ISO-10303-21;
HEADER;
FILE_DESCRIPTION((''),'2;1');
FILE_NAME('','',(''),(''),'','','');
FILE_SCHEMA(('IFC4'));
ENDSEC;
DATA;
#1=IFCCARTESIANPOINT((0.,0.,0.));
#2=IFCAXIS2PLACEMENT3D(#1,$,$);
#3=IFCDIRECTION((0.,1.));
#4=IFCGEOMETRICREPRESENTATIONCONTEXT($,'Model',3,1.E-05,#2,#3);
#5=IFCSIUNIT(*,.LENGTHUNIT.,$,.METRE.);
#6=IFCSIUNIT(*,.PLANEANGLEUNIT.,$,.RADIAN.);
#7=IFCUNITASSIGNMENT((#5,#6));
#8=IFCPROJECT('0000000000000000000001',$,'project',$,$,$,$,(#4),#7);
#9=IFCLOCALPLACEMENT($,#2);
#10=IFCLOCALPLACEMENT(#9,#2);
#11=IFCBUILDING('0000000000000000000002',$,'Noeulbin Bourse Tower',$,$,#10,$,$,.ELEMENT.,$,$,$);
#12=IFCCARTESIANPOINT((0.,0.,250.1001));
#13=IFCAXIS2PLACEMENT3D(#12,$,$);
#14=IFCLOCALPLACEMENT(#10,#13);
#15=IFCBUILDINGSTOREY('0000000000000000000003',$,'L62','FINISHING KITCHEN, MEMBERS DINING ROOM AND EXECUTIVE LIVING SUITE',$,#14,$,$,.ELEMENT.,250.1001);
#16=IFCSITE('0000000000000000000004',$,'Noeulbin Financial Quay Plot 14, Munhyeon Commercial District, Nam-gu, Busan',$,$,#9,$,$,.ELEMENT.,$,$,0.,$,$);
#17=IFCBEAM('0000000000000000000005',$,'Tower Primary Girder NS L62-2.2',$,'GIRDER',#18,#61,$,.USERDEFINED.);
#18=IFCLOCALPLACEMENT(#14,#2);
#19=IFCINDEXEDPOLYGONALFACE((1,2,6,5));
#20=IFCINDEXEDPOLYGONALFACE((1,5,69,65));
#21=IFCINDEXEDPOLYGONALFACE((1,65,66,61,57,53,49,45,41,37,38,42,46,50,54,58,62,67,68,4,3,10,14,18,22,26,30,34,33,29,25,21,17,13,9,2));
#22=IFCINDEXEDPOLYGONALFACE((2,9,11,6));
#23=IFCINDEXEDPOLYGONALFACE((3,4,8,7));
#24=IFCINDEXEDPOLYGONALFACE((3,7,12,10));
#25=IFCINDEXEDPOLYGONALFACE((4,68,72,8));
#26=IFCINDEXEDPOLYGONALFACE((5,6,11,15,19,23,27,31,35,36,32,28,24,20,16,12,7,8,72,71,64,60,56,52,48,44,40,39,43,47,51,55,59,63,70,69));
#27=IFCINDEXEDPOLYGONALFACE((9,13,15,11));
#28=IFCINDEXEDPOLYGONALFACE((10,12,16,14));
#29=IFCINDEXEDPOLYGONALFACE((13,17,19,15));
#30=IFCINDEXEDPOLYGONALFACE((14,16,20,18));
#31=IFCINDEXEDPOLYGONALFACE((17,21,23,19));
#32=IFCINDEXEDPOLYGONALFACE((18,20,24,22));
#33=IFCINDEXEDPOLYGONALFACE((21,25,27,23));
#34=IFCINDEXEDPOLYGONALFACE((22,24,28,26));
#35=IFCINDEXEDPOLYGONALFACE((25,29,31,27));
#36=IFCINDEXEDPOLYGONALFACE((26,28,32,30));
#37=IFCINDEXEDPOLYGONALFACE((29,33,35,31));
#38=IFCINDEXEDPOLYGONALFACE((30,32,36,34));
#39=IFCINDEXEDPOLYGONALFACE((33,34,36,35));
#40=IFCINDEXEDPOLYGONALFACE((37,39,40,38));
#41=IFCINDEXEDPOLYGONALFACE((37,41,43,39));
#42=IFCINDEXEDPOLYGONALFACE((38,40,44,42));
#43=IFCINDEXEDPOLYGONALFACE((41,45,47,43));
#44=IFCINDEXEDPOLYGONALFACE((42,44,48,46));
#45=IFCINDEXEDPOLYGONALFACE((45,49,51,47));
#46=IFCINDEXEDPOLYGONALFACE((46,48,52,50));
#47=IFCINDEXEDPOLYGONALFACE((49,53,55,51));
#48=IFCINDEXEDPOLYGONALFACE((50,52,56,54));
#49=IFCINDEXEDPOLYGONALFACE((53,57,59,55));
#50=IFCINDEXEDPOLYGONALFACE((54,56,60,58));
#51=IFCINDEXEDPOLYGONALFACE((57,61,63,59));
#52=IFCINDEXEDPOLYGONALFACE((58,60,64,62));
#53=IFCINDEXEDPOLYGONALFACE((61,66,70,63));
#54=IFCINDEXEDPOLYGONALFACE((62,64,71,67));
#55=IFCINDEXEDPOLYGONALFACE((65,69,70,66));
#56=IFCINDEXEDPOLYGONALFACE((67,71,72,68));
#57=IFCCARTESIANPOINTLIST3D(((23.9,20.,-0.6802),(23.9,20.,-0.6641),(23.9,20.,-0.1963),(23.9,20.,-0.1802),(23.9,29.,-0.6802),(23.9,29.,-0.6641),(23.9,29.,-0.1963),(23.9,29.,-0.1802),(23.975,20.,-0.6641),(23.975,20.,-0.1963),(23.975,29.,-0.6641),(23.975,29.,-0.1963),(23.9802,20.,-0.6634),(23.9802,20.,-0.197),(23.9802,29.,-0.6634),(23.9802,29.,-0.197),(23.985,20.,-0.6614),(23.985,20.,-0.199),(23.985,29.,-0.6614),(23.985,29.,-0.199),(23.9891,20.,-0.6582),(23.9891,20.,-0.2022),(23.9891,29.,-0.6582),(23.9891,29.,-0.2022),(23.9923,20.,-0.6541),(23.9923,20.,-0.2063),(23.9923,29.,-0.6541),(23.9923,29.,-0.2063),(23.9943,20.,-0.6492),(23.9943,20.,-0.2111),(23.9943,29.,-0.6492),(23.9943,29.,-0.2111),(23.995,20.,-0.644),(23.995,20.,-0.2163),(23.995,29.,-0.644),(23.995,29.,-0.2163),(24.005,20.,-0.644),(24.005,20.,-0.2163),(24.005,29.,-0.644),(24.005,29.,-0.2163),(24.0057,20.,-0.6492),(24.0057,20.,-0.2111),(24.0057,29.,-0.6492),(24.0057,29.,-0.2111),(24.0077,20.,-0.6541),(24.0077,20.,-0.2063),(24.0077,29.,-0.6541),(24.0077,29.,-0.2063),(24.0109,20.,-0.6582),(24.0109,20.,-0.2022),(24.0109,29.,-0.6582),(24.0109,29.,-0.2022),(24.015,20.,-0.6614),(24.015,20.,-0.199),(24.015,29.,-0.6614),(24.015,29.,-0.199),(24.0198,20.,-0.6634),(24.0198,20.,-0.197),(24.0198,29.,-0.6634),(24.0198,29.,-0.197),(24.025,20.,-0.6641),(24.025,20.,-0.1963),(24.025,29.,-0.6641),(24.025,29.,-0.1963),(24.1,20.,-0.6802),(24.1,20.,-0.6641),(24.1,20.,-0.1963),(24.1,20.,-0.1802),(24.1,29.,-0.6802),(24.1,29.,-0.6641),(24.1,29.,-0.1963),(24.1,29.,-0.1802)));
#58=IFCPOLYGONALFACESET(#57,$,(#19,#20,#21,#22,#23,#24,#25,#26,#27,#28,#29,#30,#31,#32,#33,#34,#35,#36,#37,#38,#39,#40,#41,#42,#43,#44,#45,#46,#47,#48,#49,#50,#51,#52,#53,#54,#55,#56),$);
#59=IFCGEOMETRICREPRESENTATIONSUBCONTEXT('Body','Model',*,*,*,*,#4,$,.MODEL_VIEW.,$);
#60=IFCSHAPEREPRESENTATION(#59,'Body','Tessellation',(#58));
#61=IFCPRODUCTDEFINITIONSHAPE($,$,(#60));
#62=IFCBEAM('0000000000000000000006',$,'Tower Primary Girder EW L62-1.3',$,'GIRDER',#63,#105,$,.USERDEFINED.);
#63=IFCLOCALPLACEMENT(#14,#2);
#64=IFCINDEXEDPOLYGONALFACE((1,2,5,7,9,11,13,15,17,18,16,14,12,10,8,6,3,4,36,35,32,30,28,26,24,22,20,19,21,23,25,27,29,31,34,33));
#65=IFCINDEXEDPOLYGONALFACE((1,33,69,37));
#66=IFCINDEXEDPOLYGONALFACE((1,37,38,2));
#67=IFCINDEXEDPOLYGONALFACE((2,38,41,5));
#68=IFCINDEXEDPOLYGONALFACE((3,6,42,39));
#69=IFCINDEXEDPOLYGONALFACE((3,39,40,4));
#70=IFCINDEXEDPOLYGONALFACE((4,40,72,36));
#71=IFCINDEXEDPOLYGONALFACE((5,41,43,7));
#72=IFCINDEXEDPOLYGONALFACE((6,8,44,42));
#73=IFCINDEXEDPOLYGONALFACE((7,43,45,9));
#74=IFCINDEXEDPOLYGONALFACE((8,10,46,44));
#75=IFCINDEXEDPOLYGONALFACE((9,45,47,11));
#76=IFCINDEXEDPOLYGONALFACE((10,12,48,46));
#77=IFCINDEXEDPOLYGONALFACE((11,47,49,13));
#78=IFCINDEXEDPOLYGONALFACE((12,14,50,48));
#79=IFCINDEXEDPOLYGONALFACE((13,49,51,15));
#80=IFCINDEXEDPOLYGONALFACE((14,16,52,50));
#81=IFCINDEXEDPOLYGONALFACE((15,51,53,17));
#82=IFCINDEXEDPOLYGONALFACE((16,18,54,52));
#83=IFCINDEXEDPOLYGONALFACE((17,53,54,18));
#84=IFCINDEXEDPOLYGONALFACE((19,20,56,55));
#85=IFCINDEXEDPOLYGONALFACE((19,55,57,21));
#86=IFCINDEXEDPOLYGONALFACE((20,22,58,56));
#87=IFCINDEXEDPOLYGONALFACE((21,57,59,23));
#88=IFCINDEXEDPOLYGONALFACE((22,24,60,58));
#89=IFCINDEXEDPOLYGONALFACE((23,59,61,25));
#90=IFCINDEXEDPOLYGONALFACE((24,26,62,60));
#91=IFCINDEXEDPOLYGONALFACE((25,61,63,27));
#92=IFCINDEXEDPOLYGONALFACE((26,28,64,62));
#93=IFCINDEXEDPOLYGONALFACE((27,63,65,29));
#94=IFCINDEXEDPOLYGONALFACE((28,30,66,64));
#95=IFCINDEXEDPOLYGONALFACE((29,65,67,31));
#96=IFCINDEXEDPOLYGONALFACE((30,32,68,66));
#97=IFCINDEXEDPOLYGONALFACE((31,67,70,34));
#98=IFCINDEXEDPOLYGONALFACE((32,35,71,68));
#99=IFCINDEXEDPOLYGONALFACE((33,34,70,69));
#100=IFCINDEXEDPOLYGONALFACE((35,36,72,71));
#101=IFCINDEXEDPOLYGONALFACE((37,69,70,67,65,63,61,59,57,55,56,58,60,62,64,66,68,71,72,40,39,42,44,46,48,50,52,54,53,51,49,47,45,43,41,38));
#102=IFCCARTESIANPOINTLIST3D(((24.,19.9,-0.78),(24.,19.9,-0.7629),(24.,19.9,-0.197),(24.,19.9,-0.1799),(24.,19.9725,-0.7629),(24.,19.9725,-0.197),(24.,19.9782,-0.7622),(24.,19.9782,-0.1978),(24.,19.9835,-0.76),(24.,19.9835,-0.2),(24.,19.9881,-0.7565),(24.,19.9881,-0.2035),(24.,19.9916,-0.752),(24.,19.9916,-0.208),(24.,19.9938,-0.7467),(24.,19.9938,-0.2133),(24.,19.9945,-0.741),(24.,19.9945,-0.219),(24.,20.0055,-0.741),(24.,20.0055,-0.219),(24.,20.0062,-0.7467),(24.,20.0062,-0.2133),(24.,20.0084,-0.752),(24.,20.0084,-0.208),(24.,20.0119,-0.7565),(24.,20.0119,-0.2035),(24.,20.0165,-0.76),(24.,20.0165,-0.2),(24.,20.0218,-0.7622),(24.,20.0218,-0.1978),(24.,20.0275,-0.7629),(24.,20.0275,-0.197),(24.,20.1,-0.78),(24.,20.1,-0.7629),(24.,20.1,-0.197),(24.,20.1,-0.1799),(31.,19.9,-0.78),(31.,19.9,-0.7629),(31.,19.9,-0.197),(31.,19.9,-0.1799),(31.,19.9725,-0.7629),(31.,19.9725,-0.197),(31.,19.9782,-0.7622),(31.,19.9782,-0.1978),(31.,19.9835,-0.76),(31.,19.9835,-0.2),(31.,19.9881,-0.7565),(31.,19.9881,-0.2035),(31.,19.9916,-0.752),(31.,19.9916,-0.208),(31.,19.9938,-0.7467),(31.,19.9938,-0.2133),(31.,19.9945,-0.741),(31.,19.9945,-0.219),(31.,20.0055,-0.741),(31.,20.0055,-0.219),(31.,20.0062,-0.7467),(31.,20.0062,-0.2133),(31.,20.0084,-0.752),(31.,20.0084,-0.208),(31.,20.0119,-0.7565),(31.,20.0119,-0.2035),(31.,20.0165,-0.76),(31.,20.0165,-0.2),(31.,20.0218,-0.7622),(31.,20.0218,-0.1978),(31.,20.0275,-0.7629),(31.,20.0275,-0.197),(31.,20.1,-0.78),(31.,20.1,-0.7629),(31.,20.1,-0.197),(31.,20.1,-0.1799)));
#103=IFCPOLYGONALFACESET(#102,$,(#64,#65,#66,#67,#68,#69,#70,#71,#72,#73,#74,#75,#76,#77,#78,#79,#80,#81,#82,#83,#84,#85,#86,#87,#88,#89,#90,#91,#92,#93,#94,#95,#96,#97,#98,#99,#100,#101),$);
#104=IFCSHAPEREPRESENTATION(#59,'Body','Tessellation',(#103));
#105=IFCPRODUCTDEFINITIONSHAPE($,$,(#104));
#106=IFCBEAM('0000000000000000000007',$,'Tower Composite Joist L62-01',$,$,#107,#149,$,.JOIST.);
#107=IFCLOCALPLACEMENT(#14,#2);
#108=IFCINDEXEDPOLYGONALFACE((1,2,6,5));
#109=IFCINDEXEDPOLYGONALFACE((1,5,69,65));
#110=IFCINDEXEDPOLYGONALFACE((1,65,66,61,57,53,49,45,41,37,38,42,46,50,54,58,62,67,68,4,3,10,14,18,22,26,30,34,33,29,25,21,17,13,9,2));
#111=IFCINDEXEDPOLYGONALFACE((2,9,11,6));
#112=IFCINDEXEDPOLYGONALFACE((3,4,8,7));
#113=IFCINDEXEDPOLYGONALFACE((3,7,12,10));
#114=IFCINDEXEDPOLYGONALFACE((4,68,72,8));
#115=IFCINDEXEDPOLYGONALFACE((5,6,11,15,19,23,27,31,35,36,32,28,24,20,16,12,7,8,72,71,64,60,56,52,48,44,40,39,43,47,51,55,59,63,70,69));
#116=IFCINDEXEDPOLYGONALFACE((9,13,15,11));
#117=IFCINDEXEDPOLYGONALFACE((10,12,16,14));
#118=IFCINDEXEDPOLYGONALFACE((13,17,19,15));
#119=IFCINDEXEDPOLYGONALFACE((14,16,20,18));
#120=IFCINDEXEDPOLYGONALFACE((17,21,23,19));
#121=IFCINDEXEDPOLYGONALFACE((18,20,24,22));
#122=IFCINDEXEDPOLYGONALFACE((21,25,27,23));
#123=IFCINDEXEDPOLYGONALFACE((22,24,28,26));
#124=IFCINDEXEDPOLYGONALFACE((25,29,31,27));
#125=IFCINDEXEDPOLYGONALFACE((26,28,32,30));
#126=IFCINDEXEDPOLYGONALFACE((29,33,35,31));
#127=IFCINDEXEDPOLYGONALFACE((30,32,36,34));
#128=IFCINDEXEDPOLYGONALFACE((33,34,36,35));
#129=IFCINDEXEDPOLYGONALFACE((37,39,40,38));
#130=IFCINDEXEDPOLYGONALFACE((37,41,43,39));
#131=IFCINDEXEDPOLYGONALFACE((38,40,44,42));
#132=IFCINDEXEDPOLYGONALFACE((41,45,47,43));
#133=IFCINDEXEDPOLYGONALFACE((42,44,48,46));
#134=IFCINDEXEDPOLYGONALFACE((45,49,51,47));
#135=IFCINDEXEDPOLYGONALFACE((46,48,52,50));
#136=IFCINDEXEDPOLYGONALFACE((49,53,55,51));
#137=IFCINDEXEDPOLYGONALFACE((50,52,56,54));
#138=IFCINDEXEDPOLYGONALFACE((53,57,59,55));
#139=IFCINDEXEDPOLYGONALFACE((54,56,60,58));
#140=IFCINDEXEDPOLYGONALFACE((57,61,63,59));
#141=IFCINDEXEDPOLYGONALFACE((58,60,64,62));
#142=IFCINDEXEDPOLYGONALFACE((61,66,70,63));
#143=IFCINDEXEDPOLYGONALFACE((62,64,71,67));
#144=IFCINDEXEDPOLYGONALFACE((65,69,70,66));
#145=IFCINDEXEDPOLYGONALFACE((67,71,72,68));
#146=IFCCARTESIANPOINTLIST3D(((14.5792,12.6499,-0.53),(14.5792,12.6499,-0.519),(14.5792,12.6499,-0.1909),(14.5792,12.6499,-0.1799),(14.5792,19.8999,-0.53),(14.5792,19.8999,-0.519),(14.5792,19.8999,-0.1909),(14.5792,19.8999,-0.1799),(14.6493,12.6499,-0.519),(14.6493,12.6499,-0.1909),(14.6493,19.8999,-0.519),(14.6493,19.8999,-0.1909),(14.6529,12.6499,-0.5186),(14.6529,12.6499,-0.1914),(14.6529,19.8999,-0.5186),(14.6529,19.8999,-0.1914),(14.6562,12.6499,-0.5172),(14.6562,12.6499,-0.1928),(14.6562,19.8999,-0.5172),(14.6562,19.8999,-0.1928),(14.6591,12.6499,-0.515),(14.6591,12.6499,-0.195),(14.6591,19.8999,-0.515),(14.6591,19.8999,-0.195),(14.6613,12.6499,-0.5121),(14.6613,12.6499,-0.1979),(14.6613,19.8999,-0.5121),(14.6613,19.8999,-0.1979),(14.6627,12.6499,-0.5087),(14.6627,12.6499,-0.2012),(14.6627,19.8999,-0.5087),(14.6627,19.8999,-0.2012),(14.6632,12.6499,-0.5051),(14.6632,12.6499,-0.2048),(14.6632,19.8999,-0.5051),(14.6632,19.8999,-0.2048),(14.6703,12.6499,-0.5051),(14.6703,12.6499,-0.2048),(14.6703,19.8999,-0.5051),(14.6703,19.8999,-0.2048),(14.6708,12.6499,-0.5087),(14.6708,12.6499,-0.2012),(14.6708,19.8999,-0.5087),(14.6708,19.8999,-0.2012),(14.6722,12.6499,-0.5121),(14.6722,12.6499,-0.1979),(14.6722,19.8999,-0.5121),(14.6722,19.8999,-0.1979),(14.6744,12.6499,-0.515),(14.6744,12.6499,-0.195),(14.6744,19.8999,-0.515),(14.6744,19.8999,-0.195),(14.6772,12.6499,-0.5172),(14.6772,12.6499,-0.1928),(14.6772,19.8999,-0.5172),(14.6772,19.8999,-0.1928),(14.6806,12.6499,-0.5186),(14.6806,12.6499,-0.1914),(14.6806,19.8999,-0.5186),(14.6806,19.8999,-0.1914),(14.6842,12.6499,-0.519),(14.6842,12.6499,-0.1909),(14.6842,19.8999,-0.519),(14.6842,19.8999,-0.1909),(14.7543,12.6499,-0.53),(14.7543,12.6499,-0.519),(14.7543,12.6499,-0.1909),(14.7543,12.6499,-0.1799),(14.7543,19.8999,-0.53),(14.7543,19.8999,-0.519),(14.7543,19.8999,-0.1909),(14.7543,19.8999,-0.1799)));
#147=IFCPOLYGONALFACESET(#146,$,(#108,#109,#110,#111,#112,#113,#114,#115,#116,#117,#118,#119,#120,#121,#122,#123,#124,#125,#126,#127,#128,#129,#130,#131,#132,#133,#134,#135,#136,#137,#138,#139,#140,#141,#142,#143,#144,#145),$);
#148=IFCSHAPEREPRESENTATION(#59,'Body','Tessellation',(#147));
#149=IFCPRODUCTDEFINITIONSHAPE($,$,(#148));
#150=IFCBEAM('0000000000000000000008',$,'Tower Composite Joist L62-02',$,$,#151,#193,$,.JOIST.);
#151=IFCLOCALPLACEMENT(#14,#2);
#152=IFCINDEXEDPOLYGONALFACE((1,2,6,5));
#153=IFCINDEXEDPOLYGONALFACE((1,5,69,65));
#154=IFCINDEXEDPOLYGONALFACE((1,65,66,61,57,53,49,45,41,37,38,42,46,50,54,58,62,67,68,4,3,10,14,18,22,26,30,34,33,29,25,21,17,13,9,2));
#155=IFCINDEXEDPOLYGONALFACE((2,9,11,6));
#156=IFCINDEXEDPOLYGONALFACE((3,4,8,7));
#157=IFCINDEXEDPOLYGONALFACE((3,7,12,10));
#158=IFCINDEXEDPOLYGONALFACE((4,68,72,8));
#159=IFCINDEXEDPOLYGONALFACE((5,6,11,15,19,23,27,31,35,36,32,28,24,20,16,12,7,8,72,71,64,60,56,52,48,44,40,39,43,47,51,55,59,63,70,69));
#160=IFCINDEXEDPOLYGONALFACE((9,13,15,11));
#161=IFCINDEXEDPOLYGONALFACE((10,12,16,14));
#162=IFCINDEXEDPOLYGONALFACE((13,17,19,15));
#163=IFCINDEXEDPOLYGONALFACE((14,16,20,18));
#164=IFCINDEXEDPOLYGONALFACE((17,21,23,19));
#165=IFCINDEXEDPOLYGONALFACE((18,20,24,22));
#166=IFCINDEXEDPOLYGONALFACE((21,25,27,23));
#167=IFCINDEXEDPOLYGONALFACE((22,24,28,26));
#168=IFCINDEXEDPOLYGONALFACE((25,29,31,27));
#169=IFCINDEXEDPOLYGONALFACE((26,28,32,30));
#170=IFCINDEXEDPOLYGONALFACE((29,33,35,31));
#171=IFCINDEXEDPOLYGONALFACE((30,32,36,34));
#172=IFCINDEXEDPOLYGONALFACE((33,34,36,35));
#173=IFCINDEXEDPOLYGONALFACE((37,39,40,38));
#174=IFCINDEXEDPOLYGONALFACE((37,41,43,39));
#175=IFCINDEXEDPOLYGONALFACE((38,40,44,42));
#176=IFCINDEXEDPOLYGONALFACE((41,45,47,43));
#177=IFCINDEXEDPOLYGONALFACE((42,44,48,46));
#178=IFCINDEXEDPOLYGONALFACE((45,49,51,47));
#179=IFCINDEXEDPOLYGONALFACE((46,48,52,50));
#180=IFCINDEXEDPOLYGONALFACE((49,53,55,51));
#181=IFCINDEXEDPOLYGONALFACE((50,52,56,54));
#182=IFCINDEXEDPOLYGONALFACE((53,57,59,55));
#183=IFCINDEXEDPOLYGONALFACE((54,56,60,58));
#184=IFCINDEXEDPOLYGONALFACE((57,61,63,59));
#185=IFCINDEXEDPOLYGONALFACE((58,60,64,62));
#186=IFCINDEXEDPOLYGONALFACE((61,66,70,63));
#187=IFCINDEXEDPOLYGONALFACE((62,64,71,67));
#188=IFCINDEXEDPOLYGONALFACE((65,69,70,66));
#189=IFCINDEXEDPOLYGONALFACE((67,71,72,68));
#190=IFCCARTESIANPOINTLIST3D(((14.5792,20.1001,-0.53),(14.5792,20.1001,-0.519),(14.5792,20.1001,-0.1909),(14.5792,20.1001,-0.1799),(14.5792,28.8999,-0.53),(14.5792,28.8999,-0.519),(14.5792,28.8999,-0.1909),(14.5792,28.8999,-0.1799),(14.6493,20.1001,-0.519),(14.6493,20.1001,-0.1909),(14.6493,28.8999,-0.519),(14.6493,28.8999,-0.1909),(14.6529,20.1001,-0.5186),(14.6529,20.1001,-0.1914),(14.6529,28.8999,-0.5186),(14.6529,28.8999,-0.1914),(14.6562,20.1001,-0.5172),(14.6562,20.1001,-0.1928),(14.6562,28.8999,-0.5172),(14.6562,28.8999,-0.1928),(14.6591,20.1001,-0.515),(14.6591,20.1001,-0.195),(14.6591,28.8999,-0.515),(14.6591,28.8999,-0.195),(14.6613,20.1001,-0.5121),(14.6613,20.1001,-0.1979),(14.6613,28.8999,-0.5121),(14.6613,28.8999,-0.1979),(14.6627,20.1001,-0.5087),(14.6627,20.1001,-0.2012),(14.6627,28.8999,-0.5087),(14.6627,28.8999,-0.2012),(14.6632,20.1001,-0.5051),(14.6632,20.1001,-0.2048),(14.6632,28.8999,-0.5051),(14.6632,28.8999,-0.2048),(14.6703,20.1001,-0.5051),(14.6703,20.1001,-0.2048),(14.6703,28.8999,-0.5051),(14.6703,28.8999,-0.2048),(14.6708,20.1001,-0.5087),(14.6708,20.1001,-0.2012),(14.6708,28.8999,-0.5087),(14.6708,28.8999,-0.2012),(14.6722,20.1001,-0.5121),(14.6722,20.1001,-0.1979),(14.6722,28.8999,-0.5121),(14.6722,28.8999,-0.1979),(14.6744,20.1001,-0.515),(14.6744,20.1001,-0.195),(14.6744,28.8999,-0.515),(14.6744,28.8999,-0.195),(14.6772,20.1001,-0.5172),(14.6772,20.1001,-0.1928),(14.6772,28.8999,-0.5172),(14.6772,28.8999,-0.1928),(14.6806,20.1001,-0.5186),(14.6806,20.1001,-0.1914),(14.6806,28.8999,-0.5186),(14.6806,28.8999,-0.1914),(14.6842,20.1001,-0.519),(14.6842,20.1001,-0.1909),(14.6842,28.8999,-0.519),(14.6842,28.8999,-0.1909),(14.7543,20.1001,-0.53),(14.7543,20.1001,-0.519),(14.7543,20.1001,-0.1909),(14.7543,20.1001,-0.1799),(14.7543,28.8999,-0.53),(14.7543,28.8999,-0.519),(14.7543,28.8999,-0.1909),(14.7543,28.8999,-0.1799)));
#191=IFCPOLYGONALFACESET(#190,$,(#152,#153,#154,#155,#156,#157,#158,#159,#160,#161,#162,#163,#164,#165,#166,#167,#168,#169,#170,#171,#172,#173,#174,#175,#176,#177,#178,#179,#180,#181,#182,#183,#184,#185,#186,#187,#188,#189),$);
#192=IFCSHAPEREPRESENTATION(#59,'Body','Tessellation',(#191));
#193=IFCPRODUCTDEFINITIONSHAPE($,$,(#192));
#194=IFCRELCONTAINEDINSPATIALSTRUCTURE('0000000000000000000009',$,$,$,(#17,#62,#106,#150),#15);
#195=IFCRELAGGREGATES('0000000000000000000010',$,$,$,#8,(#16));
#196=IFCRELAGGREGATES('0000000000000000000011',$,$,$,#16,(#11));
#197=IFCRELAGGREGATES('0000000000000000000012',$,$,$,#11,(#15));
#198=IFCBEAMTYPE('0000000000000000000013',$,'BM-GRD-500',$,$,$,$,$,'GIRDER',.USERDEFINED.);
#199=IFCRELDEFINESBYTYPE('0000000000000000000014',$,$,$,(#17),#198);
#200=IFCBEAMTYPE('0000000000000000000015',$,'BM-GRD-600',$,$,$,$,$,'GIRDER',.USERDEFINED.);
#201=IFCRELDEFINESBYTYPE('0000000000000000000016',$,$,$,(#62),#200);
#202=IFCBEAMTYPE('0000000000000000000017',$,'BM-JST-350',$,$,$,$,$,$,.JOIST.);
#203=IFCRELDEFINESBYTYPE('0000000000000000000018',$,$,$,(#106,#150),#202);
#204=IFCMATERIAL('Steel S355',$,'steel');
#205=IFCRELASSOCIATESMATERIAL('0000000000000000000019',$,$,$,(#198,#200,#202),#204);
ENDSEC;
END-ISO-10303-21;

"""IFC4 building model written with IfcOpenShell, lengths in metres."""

from ifc_helpers import new_model, si_unit, direction, frame, origin, origin_2d, place, context, subcontext, project, spatial, i_section, extrude, material, material_profile, profile_set, type_object, element, save


model = new_model("IFC4")

# Units and contexts
model_context = context("Model", 3, precision=1e-05, world=origin(), true_north=direction((0.0, 1.0)))
body_context = subcontext(model_context, "Body", "Model", "MODEL_VIEW")
ifc_project = project(units=[si_unit("LENGTHUNIT", "METRE"), si_unit("PLANEANGLEUNIT", "RADIAN")], contexts=[model_context])

# Site, building, storey
site_placement = place(None, origin())
site = spatial("IfcSite", under=ifc_project, at=site_placement, Name="Noeulbin Financial Quay Plot 14, Munhyeon Commercial District, Nam-gu, Busan", CompositionType="ELEMENT", RefElevation=0.0)
building_placement = place(site_placement, origin())
building = spatial("IfcBuilding", under=site, at=building_placement, Name="Noeulbin Bourse Tower", CompositionType="ELEMENT")
storey_placement = place(building_placement, frame((0.0, 0.0, 250.1001)))
storey = spatial("IfcBuildingStorey", under=building, at=storey_placement, Name="L62", Description="FINISHING KITCHEN, MEMBERS DINING ROOM AND EXECUTIVE LIVING SUITE", CompositionType="ELEMENT", Elevation=250.1001)

# Shared definitions
ifc_material_1 = material(Name="Steel S355", Category="steel")

# Beams
ifc_material_profile_1 = material_profile(ifc_material_1, i_section(OverallWidth=0.2, OverallDepth=0.5, WebThickness=0.01, FlangeThickness=0.0161, FilletRadius=0.02, at=origin_2d()), Name="H-500x200x10x16", Category="LoadBearing")
ifc_profile_set_1 = profile_set([ifc_material_profile_1], Name="Steel S355")
beam_type_1 = type_object("IfcBeamType", Name="BM-GRD-500", ElementType="GIRDER", PredefinedType="USERDEFINED", material=ifc_profile_set_1)
beam_1_placement = place(storey_placement, frame((24.0, 20.0, -0.4302), z_axis=(0.0, 1.0, 0.0), x_axis=(-1.0, 0.0, 0.0)))
element("IfcBeam", 1, at=beam_1_placement, inside=storey, type_object=beam_type_1, Name="Tower Primary Girder NS L62-2.2", ObjectType="GIRDER", PredefinedType="USERDEFINED", context=body_context, shape_type="SweptSolid", body=[
    extrude(i_section(OverallWidth=0.2, OverallDepth=0.5, WebThickness=0.01, FlangeThickness=0.0161, FilletRadius=0.02, at=origin_2d()), origin(), (0.0, 0.0, 1.0), 9.0),
])
ifc_material_profile_2 = material_profile(ifc_material_1, i_section(OverallWidth=0.2, OverallDepth=0.6001, WebThickness=0.011, FlangeThickness=0.0171, FilletRadius=0.022, at=origin_2d()), Name="H-600x200x11x17", Category="LoadBearing")
ifc_profile_set_2 = profile_set([ifc_material_profile_2], Name="Steel S355")
beam_type_2 = type_object("IfcBeamType", Name="BM-GRD-600", ElementType="GIRDER", PredefinedType="USERDEFINED", material=ifc_profile_set_2)
beam_2_placement = place(storey_placement, frame((24.0, 20.0, -0.48), z_axis=(1.0, 0.0, 0.0), x_axis=(0.0, 1.0, 0.0)))
element("IfcBeam", 2, at=beam_2_placement, inside=storey, type_object=beam_type_2, Name="Tower Primary Girder EW L62-1.3", ObjectType="GIRDER", PredefinedType="USERDEFINED", context=body_context, shape_type="SweptSolid", body=[
    extrude(i_section(OverallWidth=0.2, OverallDepth=0.6001, WebThickness=0.011, FlangeThickness=0.0171, FilletRadius=0.022, at=origin_2d()), origin(), (0.0, 0.0, 1.0), 7.0),
])
ifc_material_profile_3 = material_profile(ifc_material_1, i_section(OverallWidth=0.175, OverallDepth=0.3501, WebThickness=0.0071, FlangeThickness=0.011, FilletRadius=0.0139, at=origin_2d()), Name="H-350x175x7x11", Category="LoadBearing")
ifc_profile_set_3 = profile_set([ifc_material_profile_3], Name="Steel S355")
beam_type_3 = type_object("IfcBeamType", Name="BM-JST-350", PredefinedType="JOIST", material=ifc_profile_set_3)
beam_3_placement = place(storey_placement, frame((14.6667, 12.6499, -0.355), z_axis=(0.0, 1.0, 0.0), x_axis=(-1.0, 0.0, 0.0)))
element("IfcBeam", 3, at=beam_3_placement, inside=storey, type_object=beam_type_3, Name="Tower Composite Joist L62-01", PredefinedType="JOIST", context=body_context, shape_type="SweptSolid", body=[
    extrude(i_section(OverallWidth=0.175, OverallDepth=0.3501, WebThickness=0.0071, FlangeThickness=0.011, FilletRadius=0.0139, at=origin_2d()), origin(), (0.0, 0.0, 1.0), 7.25),
])
beam_4_placement = place(storey_placement, frame((14.6667, 20.1001, -0.355), z_axis=(0.0, 1.0, 0.0), x_axis=(-1.0, 0.0, 0.0)))
element("IfcBeam", 4, at=beam_4_placement, inside=storey, type_object=beam_type_3, Name="Tower Composite Joist L62-02", PredefinedType="JOIST", context=body_context, shape_type="SweptSolid", body=[
    extrude(i_section(OverallWidth=0.175, OverallDepth=0.3501, WebThickness=0.0071, FlangeThickness=0.011, FilletRadius=0.0139, at=origin_2d()), origin(), (0.0, 0.0, 1.0), 8.7998),
])

save(model, "model.ifc")
